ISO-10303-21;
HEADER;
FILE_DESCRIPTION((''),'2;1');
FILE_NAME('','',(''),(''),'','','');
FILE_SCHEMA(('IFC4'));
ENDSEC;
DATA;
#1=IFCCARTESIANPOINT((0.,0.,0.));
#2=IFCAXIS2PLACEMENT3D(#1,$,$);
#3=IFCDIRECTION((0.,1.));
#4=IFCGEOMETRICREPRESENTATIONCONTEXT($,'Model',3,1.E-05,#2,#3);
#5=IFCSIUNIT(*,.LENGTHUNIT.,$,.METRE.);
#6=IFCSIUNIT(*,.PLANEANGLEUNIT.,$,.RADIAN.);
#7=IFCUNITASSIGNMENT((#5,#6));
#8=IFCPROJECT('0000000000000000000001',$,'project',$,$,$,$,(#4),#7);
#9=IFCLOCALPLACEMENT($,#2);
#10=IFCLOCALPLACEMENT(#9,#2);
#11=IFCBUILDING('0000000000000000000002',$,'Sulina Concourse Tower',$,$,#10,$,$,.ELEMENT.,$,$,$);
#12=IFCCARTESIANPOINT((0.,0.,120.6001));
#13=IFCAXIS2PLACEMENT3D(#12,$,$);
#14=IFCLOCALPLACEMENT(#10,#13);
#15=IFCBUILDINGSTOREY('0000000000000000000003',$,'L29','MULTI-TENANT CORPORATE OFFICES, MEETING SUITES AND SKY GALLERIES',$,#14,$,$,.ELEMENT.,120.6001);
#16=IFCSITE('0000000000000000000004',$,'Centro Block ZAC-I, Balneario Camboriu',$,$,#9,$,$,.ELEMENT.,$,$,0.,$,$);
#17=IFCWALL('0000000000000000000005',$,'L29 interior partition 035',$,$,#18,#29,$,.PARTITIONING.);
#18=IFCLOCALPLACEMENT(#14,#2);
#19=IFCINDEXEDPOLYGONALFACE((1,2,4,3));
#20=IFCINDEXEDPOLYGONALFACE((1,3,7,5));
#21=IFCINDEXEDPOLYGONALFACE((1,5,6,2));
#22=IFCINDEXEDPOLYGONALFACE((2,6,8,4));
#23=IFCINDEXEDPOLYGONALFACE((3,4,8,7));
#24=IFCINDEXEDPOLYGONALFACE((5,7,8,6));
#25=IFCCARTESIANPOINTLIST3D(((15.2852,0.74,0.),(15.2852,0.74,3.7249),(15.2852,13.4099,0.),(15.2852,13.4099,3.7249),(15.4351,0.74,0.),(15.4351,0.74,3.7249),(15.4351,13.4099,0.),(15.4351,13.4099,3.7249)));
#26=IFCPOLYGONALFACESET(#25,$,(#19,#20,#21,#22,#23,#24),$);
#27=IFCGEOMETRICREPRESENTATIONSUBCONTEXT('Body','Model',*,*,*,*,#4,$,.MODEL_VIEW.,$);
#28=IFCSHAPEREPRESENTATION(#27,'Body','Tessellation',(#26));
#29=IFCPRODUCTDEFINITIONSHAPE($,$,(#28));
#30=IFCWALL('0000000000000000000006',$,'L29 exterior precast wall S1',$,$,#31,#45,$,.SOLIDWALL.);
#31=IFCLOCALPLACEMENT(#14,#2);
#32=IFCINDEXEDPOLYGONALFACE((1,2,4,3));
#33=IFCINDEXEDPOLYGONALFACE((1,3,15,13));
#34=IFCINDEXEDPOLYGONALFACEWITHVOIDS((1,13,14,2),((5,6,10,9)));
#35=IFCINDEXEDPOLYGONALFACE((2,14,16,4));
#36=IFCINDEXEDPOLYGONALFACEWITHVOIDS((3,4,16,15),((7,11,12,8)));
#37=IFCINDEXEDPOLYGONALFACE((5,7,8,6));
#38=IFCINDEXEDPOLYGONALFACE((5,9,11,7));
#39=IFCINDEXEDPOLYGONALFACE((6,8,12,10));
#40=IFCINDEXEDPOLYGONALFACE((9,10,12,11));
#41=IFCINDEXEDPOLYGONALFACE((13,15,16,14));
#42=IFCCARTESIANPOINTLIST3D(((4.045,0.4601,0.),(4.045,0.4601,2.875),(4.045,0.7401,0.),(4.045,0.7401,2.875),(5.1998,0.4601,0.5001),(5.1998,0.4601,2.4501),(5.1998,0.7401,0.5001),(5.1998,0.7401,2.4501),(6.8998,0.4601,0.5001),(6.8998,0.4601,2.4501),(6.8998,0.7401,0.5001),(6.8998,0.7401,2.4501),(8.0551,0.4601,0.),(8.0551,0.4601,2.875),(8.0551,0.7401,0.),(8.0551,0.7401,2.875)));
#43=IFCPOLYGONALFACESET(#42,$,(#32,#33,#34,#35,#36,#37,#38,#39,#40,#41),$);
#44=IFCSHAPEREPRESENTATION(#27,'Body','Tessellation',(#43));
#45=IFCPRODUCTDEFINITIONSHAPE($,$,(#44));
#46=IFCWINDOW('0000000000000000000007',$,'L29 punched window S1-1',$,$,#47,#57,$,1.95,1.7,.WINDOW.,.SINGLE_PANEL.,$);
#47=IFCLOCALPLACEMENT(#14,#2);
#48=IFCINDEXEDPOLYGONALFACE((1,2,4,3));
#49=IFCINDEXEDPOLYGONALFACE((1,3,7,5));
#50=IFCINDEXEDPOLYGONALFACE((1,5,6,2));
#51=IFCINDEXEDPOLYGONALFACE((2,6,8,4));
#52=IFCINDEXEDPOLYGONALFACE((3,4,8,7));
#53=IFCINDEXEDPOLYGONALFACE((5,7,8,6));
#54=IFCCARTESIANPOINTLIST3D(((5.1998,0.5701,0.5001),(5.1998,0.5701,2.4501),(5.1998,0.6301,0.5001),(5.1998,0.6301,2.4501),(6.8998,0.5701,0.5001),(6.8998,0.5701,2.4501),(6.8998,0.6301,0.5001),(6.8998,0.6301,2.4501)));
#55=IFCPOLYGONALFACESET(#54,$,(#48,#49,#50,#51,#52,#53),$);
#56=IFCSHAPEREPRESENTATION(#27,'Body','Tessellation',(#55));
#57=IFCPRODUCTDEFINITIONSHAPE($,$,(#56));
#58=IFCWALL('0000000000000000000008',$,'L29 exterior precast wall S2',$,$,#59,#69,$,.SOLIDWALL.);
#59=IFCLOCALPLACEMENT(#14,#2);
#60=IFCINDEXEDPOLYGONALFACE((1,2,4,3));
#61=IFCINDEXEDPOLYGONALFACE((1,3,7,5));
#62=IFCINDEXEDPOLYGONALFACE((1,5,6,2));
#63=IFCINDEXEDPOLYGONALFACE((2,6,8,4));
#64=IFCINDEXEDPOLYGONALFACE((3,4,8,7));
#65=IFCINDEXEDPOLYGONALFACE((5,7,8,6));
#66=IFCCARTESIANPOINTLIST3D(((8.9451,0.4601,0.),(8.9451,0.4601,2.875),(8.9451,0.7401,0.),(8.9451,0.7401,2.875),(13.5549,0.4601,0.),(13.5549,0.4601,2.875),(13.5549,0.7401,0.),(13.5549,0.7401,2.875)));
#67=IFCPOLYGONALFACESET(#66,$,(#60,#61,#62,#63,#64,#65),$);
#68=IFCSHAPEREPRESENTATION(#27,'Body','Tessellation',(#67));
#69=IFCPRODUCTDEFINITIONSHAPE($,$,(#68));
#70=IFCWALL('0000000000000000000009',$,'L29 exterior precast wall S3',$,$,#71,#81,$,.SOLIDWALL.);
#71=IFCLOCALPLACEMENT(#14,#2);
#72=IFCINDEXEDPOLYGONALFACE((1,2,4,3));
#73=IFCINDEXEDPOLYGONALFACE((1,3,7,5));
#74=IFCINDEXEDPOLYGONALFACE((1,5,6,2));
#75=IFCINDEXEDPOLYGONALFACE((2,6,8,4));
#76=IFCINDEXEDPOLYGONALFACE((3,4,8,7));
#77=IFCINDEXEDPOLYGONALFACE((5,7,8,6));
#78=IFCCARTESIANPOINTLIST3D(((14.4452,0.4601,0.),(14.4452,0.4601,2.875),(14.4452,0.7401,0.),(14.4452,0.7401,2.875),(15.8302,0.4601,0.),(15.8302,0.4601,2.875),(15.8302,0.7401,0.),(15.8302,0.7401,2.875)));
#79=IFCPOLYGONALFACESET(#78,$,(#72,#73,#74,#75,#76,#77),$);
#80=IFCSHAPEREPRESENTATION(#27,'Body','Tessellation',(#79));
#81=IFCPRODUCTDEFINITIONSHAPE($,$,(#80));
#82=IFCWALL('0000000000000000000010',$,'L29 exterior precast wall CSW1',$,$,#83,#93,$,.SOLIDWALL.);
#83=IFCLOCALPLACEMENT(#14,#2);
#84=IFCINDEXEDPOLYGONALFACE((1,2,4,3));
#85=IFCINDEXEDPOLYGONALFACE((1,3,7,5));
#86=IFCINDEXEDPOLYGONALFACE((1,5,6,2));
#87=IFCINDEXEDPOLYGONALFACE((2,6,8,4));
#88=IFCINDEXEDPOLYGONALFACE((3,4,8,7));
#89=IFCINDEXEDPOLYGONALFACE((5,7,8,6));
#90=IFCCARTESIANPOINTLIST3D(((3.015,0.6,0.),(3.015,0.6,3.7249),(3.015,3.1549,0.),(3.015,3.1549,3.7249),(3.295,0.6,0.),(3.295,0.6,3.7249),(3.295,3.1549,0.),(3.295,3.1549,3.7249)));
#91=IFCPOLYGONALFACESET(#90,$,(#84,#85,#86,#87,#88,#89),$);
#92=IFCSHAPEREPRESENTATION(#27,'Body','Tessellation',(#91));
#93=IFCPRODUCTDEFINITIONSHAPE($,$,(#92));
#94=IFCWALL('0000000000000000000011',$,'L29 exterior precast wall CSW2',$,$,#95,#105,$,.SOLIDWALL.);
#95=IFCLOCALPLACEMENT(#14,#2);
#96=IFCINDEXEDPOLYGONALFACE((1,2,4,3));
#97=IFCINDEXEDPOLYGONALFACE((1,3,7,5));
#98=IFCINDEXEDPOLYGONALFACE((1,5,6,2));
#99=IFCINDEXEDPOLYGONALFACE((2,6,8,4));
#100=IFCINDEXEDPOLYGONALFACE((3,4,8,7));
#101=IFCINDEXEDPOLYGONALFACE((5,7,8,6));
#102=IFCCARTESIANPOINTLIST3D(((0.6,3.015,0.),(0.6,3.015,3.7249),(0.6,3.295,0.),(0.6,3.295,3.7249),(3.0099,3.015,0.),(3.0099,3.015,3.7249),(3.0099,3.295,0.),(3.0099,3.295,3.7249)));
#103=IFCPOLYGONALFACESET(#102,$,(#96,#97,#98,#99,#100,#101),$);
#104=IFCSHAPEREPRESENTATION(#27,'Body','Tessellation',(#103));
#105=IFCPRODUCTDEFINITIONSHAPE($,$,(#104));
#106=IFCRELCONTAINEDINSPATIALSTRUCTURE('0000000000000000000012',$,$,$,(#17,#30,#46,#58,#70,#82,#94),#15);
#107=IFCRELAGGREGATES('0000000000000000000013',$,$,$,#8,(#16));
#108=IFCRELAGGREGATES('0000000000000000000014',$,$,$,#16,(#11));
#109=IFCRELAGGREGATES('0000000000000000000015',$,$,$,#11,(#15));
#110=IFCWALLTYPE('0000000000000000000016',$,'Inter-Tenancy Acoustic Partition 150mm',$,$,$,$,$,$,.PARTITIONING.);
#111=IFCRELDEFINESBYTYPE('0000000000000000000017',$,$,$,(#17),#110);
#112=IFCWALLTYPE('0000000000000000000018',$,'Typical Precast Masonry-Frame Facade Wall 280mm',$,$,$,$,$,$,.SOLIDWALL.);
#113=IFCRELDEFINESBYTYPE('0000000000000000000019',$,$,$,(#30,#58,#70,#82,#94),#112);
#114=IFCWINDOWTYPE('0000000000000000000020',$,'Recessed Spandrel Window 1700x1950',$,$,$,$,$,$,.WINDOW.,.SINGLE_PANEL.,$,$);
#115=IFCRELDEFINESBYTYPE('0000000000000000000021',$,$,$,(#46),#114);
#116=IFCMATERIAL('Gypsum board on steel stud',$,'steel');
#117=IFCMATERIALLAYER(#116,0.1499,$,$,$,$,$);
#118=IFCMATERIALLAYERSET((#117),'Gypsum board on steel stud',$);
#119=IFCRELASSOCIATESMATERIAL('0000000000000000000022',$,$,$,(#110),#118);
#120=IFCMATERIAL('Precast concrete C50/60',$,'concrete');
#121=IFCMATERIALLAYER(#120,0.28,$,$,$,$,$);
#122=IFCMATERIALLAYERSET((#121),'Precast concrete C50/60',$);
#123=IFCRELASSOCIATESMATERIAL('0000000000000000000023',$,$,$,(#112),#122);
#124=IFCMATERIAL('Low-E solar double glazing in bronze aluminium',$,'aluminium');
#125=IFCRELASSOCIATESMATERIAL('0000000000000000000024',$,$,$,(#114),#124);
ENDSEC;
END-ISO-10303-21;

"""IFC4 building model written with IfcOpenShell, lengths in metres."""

from ifc_helpers import new_model, si_unit, direction, frame, frame_2d, origin, place, context, subcontext, project, spatial, rectangle, extrude, material, layer, layer_set, type_object, element, fill, save


model = new_model("IFC4")

# Units and contexts
model_context = context("Model", 3, precision=1e-05, world=origin(), true_north=direction((0.0, 1.0)))
body_context = subcontext(model_context, "Body", "Model", "MODEL_VIEW")
ifc_project = project(units=[si_unit("LENGTHUNIT", "METRE"), si_unit("PLANEANGLEUNIT", "RADIAN")], contexts=[model_context])

# Site, building, storey
site_placement = place(None, origin())
site = spatial("IfcSite", under=ifc_project, at=site_placement, Name="Centro Block ZAC-I, Balneario Camboriu", CompositionType="ELEMENT", RefElevation=0.0)
building_placement = place(site_placement, origin())
building = spatial("IfcBuilding", under=site, at=building_placement, Name="Sulina Concourse Tower", CompositionType="ELEMENT")
storey_placement = place(building_placement, frame((0.0, 0.0, 120.6001)))
storey = spatial("IfcBuildingStorey", under=building, at=storey_placement, Name="L29", Description="MULTI-TENANT CORPORATE OFFICES, MEETING SUITES AND SKY GALLERIES", CompositionType="ELEMENT", Elevation=120.6001)

# Wall
ifc_material_1 = material(Name="Gypsum board on steel stud", Category="steel")
ifc_layer_1 = layer(ifc_material_1, 0.1499)
ifc_layer_set_1 = layer_set([ifc_layer_1], Name="Gypsum board on steel stud")
wall_type_1 = type_object("IfcWallType", Name="Inter-Tenancy Acoustic Partition 150mm", PredefinedType="PARTITIONING", material=ifc_layer_set_1)
for number, where, z_axis, x_axis, name in (
    (1, (15.3601, 0.74, 0.0), (0.0, 0.0, 1.0), (0.0, 1.0, 0.0), "L29 interior partition 035"),
):
    element("IfcWall", number, at=place(storey_placement, frame(where, z_axis=z_axis, x_axis=x_axis)), inside=storey, type_object=wall_type_1, Name=name, PredefinedType="PARTITIONING", context=body_context, shape_type="SweptSolid", body=[
        extrude(rectangle(XDim=12.6699, YDim=0.1499, at=frame_2d((6.335, 0.0))), origin(), (0.0, 0.0, 1.0), 3.7249),
    ])

# Wall, opening, window
ifc_material_2 = material(Name="Precast concrete C50/60", Category="concrete")
ifc_layer_2 = layer(ifc_material_2, 0.28)
ifc_layer_set_2 = layer_set([ifc_layer_2], Name="Precast concrete C50/60")
wall_type_2 = type_object("IfcWallType", Name="Typical Precast Masonry-Frame Facade Wall 280mm", PredefinedType="SOLIDWALL", material=ifc_layer_set_2)
wall_1_placement = place(storey_placement, frame((8.0549, 0.6001, 0.0), z_axis=(0.0, 0.0, 1.0), x_axis=(-1.0, 0.0, 0.0)))
wall_1 = element("IfcWall", 2, at=wall_1_placement, inside=storey, type_object=wall_type_2, Name="L29 exterior precast wall S1", PredefinedType="SOLIDWALL", context=body_context, shape_type="SweptSolid", body=[
    extrude(rectangle(XDim=4.01, YDim=0.28, at=frame_2d((2.0049, 0.0))), origin(), (0.0, 0.0, 1.0), 2.875),
])
opening_placement = place(wall_1_placement, frame((1.155, 0.0, 0.5)))
opening = element("IfcOpeningElement", 3, at=opening_placement, cuts=wall_1, PredefinedType="OPENING", context=body_context, shape_type="SweptSolid", body=[
    extrude(rectangle(XDim=1.7, YDim=1.95, at=frame_2d((0.8501, 0.9751))), frame((0.0, 0.1499, 0.0), z_axis=(0.0, -1.0, 0.0), x_axis=(1.0, 0.0, 0.0)), (0.0, 0.0, 1.0), 0.3),
])
ifc_material_3 = material(Name="Low-E solar double glazing in bronze aluminium", Category="aluminium")
window_type = type_object("IfcWindowType", Name="Recessed Spandrel Window 1700x1950", PartitioningType="SINGLE_PANEL", PredefinedType="WINDOW", material=ifc_material_3)
window_placement = place(opening_placement, origin())
window = element("IfcWindow", 4, at=window_placement, inside=storey, type_object=window_type, Name="L29 punched window S1-1", OverallHeight=1.95, OverallWidth=1.7, PartitioningType="SINGLE_PANEL", PredefinedType="WINDOW", context=body_context, shape_type="SweptSolid", body=[
    extrude(rectangle(XDim=1.7, YDim=1.95, at=frame_2d((0.8501, 0.9751))), frame((0.0, 0.03, 0.0), z_axis=(0.0, -1.0, 0.0), x_axis=(1.0, 0.0, 0.0)), (0.0, 0.0, 1.0), 0.0601),
])
fill(opening, window)

# Walls
wall_2_placement = place(storey_placement, frame((13.5549, 0.6001, 0.0), z_axis=(0.0, 0.0, 1.0), x_axis=(-1.0, 0.0, 0.0)))
element("IfcWall", 5, at=wall_2_placement, inside=storey, type_object=wall_type_2, Name="L29 exterior precast wall S2", PredefinedType="SOLIDWALL", context=body_context, shape_type="SweptSolid", body=[
    extrude(rectangle(XDim=4.6099, YDim=0.28, at=frame_2d((2.3049, 0.0))), origin(), (0.0, 0.0, 1.0), 2.875),
])
wall_3_placement = place(storey_placement, frame((15.8301, 0.6001, 0.0), z_axis=(0.0, 0.0, 1.0), x_axis=(-1.0, 0.0, 0.0)))
element("IfcWall", 6, at=wall_3_placement, inside=storey, type_object=wall_type_2, Name="L29 exterior precast wall S3", PredefinedType="SOLIDWALL", context=body_context, shape_type="SweptSolid", body=[
    extrude(rectangle(XDim=1.385, YDim=0.28, at=frame_2d((0.6924, 0.0))), origin(), (0.0, 0.0, 1.0), 2.875),
])
wall_4_placement = place(storey_placement, frame((3.155, 0.6001, 0.0), z_axis=(0.0, 0.0, 1.0), x_axis=(0.0, 1.0, 0.0)))
element("IfcWall", 7, at=wall_4_placement, inside=storey, type_object=wall_type_2, Name="L29 exterior precast wall CSW1", PredefinedType="SOLIDWALL", context=body_context, shape_type="SweptSolid", body=[
    extrude(rectangle(XDim=2.5549, YDim=0.28, at=frame_2d((1.2773, 0.0))), origin(), (0.0, 0.0, 1.0), 3.7249),
])
wall_5_placement = place(storey_placement, frame((3.01, 3.155, 0.0), z_axis=(0.0, 0.0, 1.0), x_axis=(-1.0, 0.0, 0.0)))
element("IfcWall", 8, at=wall_5_placement, inside=storey, type_object=wall_type_2, Name="L29 exterior precast wall CSW2", PredefinedType="SOLIDWALL", context=body_context, shape_type="SweptSolid", body=[
    extrude(rectangle(XDim=2.4099, YDim=0.28, at=frame_2d((1.2051, 0.0))), origin(), (0.0, 0.0, 1.0), 3.7249),
])

save(model, "model.ifc")
